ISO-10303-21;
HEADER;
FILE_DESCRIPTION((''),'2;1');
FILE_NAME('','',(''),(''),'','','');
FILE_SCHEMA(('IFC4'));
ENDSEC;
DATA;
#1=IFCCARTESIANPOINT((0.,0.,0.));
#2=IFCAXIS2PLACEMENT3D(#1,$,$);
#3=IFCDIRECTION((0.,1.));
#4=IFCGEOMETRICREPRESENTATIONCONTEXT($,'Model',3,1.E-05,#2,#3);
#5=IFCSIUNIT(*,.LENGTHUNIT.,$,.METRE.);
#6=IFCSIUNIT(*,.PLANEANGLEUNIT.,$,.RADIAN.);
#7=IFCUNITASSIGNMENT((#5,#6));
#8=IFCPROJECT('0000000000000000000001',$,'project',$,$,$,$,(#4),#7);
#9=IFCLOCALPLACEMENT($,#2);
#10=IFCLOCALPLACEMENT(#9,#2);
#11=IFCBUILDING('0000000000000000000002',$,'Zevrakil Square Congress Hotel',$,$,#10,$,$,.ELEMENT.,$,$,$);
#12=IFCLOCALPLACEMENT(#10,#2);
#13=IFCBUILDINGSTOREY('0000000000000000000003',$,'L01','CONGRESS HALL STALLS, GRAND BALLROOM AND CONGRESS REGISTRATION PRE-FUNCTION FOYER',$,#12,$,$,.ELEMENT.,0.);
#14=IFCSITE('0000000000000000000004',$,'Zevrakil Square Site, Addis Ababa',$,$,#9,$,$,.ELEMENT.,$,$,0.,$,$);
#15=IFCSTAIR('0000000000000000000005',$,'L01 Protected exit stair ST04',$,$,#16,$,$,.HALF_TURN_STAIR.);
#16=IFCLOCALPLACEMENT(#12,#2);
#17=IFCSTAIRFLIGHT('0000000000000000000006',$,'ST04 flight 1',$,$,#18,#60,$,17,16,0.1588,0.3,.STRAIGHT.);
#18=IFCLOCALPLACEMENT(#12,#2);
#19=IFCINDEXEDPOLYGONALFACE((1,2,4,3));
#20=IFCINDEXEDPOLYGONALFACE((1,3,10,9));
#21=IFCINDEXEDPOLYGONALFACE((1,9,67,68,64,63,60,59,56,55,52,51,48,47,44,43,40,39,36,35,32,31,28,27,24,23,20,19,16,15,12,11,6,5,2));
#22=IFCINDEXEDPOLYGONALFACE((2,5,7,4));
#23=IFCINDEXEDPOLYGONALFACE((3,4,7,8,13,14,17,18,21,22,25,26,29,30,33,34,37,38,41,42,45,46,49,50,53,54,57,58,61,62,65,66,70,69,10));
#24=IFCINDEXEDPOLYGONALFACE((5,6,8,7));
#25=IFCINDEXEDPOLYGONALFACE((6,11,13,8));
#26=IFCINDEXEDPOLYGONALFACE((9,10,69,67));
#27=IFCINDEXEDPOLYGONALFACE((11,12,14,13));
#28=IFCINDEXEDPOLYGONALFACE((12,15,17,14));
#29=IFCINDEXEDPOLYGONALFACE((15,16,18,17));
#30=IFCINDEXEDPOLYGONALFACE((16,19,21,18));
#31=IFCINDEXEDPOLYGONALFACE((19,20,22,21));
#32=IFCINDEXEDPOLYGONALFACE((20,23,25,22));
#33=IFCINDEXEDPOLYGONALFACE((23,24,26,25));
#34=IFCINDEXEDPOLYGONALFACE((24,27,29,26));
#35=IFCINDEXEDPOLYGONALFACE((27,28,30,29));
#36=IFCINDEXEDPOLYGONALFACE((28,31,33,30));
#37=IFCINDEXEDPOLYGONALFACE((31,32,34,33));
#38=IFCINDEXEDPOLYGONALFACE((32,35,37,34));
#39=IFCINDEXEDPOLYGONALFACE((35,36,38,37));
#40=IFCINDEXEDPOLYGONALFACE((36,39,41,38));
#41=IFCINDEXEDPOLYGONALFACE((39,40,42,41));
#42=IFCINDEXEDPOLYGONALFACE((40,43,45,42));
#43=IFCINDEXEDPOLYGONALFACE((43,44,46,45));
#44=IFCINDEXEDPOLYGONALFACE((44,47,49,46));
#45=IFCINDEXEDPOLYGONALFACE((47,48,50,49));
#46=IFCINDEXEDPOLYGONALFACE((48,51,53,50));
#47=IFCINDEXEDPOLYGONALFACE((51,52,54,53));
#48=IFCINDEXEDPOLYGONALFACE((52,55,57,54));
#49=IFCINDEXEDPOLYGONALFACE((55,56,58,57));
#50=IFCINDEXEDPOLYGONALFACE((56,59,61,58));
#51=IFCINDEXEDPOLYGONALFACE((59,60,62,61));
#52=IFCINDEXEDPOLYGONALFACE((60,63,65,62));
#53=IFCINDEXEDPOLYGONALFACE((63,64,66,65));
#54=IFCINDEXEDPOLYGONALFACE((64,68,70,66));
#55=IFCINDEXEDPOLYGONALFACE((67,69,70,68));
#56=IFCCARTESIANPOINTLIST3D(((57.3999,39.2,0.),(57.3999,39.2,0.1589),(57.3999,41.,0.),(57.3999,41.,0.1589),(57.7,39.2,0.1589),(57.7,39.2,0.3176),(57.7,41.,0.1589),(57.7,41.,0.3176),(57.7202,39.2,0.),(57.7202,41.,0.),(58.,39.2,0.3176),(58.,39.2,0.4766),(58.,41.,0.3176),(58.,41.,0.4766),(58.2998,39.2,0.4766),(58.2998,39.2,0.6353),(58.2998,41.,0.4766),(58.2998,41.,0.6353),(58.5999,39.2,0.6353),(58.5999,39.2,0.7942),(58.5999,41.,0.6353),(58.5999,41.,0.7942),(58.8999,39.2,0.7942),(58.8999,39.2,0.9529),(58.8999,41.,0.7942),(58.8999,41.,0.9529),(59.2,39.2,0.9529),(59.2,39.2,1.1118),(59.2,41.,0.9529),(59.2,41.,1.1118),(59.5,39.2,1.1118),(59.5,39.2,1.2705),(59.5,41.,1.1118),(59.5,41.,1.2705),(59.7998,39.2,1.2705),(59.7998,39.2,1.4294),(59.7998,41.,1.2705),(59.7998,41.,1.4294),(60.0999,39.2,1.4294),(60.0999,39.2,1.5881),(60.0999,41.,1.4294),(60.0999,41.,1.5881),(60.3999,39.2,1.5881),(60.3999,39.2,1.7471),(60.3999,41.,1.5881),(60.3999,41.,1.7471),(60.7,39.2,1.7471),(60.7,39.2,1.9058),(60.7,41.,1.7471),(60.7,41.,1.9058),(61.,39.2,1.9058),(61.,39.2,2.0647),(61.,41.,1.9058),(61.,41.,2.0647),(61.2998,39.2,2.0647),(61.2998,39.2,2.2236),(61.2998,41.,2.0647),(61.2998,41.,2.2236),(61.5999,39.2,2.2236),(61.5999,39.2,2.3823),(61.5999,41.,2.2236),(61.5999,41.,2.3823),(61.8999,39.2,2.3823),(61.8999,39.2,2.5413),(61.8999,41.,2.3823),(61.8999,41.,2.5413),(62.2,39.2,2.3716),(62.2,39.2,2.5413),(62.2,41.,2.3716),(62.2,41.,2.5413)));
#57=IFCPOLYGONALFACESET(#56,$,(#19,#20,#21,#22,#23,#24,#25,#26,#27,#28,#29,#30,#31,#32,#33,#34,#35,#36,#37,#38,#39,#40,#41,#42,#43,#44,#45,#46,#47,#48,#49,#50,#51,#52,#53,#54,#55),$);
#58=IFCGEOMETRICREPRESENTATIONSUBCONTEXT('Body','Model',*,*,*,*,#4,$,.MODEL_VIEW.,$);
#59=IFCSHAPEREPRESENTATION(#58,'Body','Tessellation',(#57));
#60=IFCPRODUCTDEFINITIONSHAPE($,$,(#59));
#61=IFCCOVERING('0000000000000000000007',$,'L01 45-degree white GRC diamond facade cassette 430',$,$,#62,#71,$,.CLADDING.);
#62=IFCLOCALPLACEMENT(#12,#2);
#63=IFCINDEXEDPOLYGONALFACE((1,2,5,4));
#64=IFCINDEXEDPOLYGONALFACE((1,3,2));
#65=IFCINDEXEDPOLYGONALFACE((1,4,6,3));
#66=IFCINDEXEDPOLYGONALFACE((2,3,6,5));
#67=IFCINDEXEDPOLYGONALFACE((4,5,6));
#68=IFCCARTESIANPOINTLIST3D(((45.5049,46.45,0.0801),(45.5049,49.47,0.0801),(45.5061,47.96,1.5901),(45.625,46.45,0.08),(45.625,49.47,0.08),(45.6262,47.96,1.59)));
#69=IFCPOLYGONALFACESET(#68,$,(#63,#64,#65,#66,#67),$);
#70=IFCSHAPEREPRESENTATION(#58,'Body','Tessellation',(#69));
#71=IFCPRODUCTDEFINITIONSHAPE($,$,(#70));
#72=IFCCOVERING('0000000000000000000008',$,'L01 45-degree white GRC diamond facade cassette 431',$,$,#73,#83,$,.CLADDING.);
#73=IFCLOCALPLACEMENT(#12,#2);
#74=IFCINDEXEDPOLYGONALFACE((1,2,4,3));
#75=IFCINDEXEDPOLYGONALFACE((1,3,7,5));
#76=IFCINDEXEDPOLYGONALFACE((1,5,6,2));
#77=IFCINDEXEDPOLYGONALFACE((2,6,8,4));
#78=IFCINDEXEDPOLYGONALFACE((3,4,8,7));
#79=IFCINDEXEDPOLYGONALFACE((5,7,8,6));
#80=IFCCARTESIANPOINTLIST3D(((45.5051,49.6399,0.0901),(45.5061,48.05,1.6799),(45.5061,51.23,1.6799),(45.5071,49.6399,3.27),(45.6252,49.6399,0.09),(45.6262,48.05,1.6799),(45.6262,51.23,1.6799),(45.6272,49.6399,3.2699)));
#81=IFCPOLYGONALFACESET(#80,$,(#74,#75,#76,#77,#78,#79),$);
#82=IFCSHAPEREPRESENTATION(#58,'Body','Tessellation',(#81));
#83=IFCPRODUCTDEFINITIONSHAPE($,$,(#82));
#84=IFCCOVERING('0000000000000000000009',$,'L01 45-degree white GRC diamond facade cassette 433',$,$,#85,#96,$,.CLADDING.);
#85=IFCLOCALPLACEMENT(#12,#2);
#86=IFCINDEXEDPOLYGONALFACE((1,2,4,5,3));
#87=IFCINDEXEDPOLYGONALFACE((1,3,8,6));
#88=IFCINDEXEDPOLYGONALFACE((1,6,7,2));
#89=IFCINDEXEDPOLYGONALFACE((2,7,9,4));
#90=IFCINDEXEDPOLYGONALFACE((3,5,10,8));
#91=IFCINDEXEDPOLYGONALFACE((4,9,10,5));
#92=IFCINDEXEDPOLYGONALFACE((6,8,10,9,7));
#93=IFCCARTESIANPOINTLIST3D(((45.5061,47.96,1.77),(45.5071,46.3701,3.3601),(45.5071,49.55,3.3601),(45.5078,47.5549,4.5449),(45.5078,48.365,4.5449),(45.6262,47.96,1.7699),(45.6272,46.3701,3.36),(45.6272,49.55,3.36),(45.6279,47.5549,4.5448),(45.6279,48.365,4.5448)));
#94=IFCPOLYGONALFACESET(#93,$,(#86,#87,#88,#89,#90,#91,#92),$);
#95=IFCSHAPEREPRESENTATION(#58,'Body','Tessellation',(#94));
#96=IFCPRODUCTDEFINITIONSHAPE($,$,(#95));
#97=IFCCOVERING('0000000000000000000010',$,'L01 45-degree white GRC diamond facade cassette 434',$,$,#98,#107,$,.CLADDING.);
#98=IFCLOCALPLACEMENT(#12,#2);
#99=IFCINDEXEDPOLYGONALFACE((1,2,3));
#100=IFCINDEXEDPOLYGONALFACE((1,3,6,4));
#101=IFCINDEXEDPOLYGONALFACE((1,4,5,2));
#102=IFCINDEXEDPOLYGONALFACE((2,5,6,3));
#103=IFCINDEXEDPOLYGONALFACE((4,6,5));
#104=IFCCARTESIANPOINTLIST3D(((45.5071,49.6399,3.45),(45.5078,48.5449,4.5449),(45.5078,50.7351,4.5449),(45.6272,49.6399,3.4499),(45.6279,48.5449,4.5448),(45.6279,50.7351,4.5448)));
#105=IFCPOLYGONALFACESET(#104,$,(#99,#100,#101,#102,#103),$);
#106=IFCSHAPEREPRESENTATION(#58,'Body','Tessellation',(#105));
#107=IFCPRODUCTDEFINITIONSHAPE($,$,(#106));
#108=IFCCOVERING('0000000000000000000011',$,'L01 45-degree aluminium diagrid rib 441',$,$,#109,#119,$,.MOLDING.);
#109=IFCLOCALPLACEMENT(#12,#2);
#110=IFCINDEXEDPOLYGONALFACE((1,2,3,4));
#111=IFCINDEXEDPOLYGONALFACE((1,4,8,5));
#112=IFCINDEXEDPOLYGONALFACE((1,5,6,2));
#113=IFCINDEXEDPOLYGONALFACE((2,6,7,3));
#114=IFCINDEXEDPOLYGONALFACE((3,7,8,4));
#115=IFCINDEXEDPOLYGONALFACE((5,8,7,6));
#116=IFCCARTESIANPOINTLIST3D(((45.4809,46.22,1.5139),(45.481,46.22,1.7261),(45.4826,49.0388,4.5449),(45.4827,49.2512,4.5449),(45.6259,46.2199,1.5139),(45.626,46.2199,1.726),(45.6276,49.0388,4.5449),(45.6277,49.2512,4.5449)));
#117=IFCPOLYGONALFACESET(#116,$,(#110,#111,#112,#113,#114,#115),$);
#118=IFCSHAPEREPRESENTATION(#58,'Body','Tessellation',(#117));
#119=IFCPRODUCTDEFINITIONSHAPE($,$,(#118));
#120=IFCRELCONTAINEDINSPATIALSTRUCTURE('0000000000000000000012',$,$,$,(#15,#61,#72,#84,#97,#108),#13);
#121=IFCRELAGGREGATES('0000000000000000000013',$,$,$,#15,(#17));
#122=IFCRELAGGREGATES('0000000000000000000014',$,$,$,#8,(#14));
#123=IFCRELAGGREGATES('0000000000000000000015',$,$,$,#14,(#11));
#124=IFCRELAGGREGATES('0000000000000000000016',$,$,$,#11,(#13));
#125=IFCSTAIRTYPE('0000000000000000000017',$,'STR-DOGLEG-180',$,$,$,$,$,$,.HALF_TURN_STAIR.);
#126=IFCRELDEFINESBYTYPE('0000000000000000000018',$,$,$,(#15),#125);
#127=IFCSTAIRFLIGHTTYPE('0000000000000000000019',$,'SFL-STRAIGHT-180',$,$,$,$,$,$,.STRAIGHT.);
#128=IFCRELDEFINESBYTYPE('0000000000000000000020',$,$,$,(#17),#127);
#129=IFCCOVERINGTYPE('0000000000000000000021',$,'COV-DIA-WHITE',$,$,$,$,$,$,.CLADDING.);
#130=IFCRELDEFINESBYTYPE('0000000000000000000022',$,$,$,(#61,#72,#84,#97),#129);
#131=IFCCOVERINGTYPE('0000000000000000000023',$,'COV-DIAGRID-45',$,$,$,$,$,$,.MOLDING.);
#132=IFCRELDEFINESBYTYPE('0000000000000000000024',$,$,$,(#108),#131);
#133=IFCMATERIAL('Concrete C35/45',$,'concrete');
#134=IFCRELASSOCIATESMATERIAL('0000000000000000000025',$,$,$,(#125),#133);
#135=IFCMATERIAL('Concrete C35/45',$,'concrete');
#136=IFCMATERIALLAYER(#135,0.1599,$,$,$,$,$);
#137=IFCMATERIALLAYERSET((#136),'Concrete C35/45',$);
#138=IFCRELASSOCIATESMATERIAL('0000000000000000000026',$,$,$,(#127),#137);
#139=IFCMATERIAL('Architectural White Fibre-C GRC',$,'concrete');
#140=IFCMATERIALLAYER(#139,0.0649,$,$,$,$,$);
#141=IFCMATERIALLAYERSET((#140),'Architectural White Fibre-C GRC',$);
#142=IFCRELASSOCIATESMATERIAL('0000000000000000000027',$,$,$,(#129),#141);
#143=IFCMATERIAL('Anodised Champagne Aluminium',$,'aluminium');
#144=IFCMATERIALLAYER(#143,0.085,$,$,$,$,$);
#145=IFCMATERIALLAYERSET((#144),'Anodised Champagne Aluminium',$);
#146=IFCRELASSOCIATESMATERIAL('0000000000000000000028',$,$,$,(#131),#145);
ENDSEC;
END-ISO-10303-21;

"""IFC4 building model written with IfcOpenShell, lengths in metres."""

from ifc_helpers import new_model, si_unit, direction, frame, origin, place, context, subcontext, project, spatial, polyline, outline, extrude, material, layer, layer_set, type_object, element, aggregate, save


model = new_model("IFC4")

# Units and contexts
model_context = context("Model", 3, precision=1e-05, world=origin(), true_north=direction((0.0, 1.0)))
body_context = subcontext(model_context, "Body", "Model", "MODEL_VIEW")
ifc_project = project(units=[si_unit("LENGTHUNIT", "METRE"), si_unit("PLANEANGLEUNIT", "RADIAN")], contexts=[model_context])

# Site, building, storey
site_placement = place(None, origin())
site = spatial("IfcSite", under=ifc_project, at=site_placement, Name="Zevrakil Square Site, Addis Ababa", CompositionType="ELEMENT", RefElevation=0.0)
building_placement = place(site_placement, origin())
building = spatial("IfcBuilding", under=site, at=building_placement, Name="Zevrakil Square Congress Hotel", CompositionType="ELEMENT")
storey_placement = place(building_placement, origin())
storey = spatial("IfcBuildingStorey", under=building, at=storey_placement, Name="L01", Description="CONGRESS HALL STALLS, GRAND BALLROOM AND CONGRESS REGISTRATION PRE-FUNCTION FOYER", CompositionType="ELEMENT", Elevation=0.0)

# Stair, stair flight
ifc_material_1 = material(Name="Concrete C35/45", Category="concrete")
stair_type = type_object("IfcStairType", Name="STR-DOGLEG-180", PredefinedType="HALF_TURN_STAIR", material=ifc_material_1)
stair_placement = place(storey_placement, origin())
stair = element("IfcStair", 1, at=stair_placement, inside=storey, type_object=stair_type, Name="L01 Protected exit stair ST04", PredefinedType="HALF_TURN_STAIR")
ifc_material_2 = material(Name="Concrete C35/45", Category="concrete")
ifc_layer_1 = layer(ifc_material_2, 0.1599)
ifc_layer_set_1 = layer_set([ifc_layer_1], Name="Concrete C35/45")
stair_flight_type = type_object("IfcStairFlightType", Name="SFL-STRAIGHT-180", PredefinedType="STRAIGHT", material=ifc_layer_set_1)
stair_flight_placement = place(storey_placement, frame((57.3999, 40.1001, 0.0), z_axis=(0.0, 0.0, 1.0), x_axis=(1.0, 0.0, 0.0)))
stair_flight = element("IfcStairFlight", 2, at=stair_flight_placement, type_object=stair_flight_type, Name="ST04 flight 1", NumberOfRisers=17, NumberOfTreads=16, PredefinedType="STRAIGHT", RiserHeight=0.1588, TreadLength=0.3, context=body_context, shape_type="SweptSolid", body=[
    extrude(outline(polyline([(0.0, 0.0), (0.0, 0.1589), (0.3, 0.1589), (0.3, 0.3176), (0.6001, 0.3176), (0.6001, 0.4766), (0.8999, 0.4766), (0.8999, 0.6353), (1.2, 0.6353), (1.2, 0.7942), (1.5, 0.7942), (1.5, 0.9529), (1.8, 0.9529), (1.8, 1.1118), (2.1001, 1.1118), (2.1001, 1.2705), (2.3999, 1.2705), (2.3999, 1.4294), (2.7, 1.4294), (2.7, 1.5881), (3.0, 1.5881), (3.0, 1.7471), (3.3, 1.7471), (3.3, 1.9058), (3.6001, 1.9058), (3.6001, 2.0647), (3.8999, 2.0647), (3.8999, 2.2236), (4.2, 2.2236), (4.2, 2.3823), (4.5, 2.3823), (4.5, 2.5413), (4.8, 2.5413), (4.8, 2.7), (4.8, 2.3716), (0.3203, 0.0), (0.0, 0.0)])), frame((0.0, 0.8999, 0.0), z_axis=(0.0, -1.0, 0.0), x_axis=(1.0, 0.0, 0.0)), (0.0, 0.0, 1.0), 1.8),
])
aggregate(stair, [stair_flight])

# Coverings
ifc_material_3 = material(Name="Architectural White Fibre-C GRC", Category="concrete")
ifc_layer_2 = layer(ifc_material_3, 0.0649)
ifc_layer_set_2 = layer_set([ifc_layer_2], Name="Architectural White Fibre-C GRC")
covering_type_1 = type_object("IfcCoveringType", Name="COV-DIA-WHITE", PredefinedType="CLADDING", material=ifc_layer_set_2)
covering_1_placement = place(storey_placement, frame((45.5061, 47.96, 1.5901), z_axis=(-1.0, 0.0, 0.000808), x_axis=(-0.000572, -0.707107, -0.707107)))
element("IfcCovering", 3, at=covering_1_placement, inside=storey, type_object=covering_type_1, Name="L01 45-degree white GRC diamond facade cassette 430", PredefinedType="CLADDING", context=body_context, shape_type="SweptSolid", body=[
    extrude(outline(polyline([(0.0, 0.0), (2.1355, 0.0), (0.0, -2.1355), (0.0, 0.0)])), origin(), (0.0, 0.0, -1.0), 0.1201),
])
covering_2_placement = place(storey_placement, frame((45.5071, 49.6399, 3.27), z_axis=(-1.0, 0.0, 0.000614), x_axis=(-0.000434, -0.707052, -0.707161)))
element("IfcCovering", 4, at=covering_2_placement, inside=storey, type_object=covering_type_1, Name="L01 45-degree white GRC diamond facade cassette 431", PredefinedType="CLADDING", context=body_context, shape_type="SweptSolid", body=[
    extrude(outline(polyline([(0.0, 0.0), (2.2486, 0.0), (2.2487, -2.2484), (0.0002, -2.2487), (0.0, 0.0)])), origin(), (0.0, 0.0, -1.0), 0.1201),
])
covering_3_placement = place(storey_placement, frame((45.5071, 46.3701, 3.3601), z_axis=(-1.0, 0.0, 0.000616), x_axis=(-0.000436, 0.707052, -0.707161)))
element("IfcCovering", 5, at=covering_3_placement, inside=storey, type_object=covering_type_1, Name="L01 45-degree white GRC diamond facade cassette 433", PredefinedType="CLADDING", context=body_context, shape_type="SweptSolid", body=[
    extrude(outline(polyline([(0.0, 0.0), (2.2486, 0.0), (2.2484, -2.2487), (0.5726, -2.2484), (-0.0001, -1.6756), (0.0, 0.0)])), origin(), (0.0, 0.0, -1.0), 0.1201),
])
covering_4_placement = place(storey_placement, frame((45.5071, 49.6399, 3.45), z_axis=(-1.0, 0.0, 0.000669), x_axis=(0.000473, 0.707186, 0.707028)))
element("IfcCovering", 6, at=covering_4_placement, inside=storey, type_object=covering_type_1, Name="L01 45-degree white GRC diamond facade cassette 434", PredefinedType="CLADDING", context=body_context, shape_type="SweptSolid", body=[
    extrude(outline(polyline([(0.0, 0.0), (1.5487, 0.0), (-0.0002, -1.5485), (0.0, 0.0)])), origin(), (0.0, 0.0, -1.0), 0.1201),
])
ifc_material_4 = material(Name="Anodised Champagne Aluminium", Category="aluminium")
ifc_layer_3 = layer(ifc_material_4, 0.085)
ifc_layer_set_3 = layer_set([ifc_layer_3], Name="Anodised Champagne Aluminium")
covering_type_2 = type_object("IfcCoveringType", Name="COV-DIAGRID-45", PredefinedType="MOLDING", material=ifc_layer_set_3)
covering_5_placement = place(storey_placement, frame((45.4827, 49.2512, 4.5449), z_axis=(-1.0, 0.000292, 0.000292), x_axis=(-0.000292, -1.0, 0.0)))
element("IfcCovering", 7, at=covering_5_placement, inside=storey, type_object=covering_type_2, Name="L01 45-degree aluminium diagrid rib 441", PredefinedType="MOLDING", context=body_context, shape_type="SweptSolid", body=[
    extrude(outline(polyline([(0.0, 0.0), (0.2124, 0.0), (3.0313, -2.8188), (3.0313, -3.031), (0.0, 0.0)])), origin(), (0.0, 0.0, -1.0), 0.145),
])

save(model, "model.ifc")
